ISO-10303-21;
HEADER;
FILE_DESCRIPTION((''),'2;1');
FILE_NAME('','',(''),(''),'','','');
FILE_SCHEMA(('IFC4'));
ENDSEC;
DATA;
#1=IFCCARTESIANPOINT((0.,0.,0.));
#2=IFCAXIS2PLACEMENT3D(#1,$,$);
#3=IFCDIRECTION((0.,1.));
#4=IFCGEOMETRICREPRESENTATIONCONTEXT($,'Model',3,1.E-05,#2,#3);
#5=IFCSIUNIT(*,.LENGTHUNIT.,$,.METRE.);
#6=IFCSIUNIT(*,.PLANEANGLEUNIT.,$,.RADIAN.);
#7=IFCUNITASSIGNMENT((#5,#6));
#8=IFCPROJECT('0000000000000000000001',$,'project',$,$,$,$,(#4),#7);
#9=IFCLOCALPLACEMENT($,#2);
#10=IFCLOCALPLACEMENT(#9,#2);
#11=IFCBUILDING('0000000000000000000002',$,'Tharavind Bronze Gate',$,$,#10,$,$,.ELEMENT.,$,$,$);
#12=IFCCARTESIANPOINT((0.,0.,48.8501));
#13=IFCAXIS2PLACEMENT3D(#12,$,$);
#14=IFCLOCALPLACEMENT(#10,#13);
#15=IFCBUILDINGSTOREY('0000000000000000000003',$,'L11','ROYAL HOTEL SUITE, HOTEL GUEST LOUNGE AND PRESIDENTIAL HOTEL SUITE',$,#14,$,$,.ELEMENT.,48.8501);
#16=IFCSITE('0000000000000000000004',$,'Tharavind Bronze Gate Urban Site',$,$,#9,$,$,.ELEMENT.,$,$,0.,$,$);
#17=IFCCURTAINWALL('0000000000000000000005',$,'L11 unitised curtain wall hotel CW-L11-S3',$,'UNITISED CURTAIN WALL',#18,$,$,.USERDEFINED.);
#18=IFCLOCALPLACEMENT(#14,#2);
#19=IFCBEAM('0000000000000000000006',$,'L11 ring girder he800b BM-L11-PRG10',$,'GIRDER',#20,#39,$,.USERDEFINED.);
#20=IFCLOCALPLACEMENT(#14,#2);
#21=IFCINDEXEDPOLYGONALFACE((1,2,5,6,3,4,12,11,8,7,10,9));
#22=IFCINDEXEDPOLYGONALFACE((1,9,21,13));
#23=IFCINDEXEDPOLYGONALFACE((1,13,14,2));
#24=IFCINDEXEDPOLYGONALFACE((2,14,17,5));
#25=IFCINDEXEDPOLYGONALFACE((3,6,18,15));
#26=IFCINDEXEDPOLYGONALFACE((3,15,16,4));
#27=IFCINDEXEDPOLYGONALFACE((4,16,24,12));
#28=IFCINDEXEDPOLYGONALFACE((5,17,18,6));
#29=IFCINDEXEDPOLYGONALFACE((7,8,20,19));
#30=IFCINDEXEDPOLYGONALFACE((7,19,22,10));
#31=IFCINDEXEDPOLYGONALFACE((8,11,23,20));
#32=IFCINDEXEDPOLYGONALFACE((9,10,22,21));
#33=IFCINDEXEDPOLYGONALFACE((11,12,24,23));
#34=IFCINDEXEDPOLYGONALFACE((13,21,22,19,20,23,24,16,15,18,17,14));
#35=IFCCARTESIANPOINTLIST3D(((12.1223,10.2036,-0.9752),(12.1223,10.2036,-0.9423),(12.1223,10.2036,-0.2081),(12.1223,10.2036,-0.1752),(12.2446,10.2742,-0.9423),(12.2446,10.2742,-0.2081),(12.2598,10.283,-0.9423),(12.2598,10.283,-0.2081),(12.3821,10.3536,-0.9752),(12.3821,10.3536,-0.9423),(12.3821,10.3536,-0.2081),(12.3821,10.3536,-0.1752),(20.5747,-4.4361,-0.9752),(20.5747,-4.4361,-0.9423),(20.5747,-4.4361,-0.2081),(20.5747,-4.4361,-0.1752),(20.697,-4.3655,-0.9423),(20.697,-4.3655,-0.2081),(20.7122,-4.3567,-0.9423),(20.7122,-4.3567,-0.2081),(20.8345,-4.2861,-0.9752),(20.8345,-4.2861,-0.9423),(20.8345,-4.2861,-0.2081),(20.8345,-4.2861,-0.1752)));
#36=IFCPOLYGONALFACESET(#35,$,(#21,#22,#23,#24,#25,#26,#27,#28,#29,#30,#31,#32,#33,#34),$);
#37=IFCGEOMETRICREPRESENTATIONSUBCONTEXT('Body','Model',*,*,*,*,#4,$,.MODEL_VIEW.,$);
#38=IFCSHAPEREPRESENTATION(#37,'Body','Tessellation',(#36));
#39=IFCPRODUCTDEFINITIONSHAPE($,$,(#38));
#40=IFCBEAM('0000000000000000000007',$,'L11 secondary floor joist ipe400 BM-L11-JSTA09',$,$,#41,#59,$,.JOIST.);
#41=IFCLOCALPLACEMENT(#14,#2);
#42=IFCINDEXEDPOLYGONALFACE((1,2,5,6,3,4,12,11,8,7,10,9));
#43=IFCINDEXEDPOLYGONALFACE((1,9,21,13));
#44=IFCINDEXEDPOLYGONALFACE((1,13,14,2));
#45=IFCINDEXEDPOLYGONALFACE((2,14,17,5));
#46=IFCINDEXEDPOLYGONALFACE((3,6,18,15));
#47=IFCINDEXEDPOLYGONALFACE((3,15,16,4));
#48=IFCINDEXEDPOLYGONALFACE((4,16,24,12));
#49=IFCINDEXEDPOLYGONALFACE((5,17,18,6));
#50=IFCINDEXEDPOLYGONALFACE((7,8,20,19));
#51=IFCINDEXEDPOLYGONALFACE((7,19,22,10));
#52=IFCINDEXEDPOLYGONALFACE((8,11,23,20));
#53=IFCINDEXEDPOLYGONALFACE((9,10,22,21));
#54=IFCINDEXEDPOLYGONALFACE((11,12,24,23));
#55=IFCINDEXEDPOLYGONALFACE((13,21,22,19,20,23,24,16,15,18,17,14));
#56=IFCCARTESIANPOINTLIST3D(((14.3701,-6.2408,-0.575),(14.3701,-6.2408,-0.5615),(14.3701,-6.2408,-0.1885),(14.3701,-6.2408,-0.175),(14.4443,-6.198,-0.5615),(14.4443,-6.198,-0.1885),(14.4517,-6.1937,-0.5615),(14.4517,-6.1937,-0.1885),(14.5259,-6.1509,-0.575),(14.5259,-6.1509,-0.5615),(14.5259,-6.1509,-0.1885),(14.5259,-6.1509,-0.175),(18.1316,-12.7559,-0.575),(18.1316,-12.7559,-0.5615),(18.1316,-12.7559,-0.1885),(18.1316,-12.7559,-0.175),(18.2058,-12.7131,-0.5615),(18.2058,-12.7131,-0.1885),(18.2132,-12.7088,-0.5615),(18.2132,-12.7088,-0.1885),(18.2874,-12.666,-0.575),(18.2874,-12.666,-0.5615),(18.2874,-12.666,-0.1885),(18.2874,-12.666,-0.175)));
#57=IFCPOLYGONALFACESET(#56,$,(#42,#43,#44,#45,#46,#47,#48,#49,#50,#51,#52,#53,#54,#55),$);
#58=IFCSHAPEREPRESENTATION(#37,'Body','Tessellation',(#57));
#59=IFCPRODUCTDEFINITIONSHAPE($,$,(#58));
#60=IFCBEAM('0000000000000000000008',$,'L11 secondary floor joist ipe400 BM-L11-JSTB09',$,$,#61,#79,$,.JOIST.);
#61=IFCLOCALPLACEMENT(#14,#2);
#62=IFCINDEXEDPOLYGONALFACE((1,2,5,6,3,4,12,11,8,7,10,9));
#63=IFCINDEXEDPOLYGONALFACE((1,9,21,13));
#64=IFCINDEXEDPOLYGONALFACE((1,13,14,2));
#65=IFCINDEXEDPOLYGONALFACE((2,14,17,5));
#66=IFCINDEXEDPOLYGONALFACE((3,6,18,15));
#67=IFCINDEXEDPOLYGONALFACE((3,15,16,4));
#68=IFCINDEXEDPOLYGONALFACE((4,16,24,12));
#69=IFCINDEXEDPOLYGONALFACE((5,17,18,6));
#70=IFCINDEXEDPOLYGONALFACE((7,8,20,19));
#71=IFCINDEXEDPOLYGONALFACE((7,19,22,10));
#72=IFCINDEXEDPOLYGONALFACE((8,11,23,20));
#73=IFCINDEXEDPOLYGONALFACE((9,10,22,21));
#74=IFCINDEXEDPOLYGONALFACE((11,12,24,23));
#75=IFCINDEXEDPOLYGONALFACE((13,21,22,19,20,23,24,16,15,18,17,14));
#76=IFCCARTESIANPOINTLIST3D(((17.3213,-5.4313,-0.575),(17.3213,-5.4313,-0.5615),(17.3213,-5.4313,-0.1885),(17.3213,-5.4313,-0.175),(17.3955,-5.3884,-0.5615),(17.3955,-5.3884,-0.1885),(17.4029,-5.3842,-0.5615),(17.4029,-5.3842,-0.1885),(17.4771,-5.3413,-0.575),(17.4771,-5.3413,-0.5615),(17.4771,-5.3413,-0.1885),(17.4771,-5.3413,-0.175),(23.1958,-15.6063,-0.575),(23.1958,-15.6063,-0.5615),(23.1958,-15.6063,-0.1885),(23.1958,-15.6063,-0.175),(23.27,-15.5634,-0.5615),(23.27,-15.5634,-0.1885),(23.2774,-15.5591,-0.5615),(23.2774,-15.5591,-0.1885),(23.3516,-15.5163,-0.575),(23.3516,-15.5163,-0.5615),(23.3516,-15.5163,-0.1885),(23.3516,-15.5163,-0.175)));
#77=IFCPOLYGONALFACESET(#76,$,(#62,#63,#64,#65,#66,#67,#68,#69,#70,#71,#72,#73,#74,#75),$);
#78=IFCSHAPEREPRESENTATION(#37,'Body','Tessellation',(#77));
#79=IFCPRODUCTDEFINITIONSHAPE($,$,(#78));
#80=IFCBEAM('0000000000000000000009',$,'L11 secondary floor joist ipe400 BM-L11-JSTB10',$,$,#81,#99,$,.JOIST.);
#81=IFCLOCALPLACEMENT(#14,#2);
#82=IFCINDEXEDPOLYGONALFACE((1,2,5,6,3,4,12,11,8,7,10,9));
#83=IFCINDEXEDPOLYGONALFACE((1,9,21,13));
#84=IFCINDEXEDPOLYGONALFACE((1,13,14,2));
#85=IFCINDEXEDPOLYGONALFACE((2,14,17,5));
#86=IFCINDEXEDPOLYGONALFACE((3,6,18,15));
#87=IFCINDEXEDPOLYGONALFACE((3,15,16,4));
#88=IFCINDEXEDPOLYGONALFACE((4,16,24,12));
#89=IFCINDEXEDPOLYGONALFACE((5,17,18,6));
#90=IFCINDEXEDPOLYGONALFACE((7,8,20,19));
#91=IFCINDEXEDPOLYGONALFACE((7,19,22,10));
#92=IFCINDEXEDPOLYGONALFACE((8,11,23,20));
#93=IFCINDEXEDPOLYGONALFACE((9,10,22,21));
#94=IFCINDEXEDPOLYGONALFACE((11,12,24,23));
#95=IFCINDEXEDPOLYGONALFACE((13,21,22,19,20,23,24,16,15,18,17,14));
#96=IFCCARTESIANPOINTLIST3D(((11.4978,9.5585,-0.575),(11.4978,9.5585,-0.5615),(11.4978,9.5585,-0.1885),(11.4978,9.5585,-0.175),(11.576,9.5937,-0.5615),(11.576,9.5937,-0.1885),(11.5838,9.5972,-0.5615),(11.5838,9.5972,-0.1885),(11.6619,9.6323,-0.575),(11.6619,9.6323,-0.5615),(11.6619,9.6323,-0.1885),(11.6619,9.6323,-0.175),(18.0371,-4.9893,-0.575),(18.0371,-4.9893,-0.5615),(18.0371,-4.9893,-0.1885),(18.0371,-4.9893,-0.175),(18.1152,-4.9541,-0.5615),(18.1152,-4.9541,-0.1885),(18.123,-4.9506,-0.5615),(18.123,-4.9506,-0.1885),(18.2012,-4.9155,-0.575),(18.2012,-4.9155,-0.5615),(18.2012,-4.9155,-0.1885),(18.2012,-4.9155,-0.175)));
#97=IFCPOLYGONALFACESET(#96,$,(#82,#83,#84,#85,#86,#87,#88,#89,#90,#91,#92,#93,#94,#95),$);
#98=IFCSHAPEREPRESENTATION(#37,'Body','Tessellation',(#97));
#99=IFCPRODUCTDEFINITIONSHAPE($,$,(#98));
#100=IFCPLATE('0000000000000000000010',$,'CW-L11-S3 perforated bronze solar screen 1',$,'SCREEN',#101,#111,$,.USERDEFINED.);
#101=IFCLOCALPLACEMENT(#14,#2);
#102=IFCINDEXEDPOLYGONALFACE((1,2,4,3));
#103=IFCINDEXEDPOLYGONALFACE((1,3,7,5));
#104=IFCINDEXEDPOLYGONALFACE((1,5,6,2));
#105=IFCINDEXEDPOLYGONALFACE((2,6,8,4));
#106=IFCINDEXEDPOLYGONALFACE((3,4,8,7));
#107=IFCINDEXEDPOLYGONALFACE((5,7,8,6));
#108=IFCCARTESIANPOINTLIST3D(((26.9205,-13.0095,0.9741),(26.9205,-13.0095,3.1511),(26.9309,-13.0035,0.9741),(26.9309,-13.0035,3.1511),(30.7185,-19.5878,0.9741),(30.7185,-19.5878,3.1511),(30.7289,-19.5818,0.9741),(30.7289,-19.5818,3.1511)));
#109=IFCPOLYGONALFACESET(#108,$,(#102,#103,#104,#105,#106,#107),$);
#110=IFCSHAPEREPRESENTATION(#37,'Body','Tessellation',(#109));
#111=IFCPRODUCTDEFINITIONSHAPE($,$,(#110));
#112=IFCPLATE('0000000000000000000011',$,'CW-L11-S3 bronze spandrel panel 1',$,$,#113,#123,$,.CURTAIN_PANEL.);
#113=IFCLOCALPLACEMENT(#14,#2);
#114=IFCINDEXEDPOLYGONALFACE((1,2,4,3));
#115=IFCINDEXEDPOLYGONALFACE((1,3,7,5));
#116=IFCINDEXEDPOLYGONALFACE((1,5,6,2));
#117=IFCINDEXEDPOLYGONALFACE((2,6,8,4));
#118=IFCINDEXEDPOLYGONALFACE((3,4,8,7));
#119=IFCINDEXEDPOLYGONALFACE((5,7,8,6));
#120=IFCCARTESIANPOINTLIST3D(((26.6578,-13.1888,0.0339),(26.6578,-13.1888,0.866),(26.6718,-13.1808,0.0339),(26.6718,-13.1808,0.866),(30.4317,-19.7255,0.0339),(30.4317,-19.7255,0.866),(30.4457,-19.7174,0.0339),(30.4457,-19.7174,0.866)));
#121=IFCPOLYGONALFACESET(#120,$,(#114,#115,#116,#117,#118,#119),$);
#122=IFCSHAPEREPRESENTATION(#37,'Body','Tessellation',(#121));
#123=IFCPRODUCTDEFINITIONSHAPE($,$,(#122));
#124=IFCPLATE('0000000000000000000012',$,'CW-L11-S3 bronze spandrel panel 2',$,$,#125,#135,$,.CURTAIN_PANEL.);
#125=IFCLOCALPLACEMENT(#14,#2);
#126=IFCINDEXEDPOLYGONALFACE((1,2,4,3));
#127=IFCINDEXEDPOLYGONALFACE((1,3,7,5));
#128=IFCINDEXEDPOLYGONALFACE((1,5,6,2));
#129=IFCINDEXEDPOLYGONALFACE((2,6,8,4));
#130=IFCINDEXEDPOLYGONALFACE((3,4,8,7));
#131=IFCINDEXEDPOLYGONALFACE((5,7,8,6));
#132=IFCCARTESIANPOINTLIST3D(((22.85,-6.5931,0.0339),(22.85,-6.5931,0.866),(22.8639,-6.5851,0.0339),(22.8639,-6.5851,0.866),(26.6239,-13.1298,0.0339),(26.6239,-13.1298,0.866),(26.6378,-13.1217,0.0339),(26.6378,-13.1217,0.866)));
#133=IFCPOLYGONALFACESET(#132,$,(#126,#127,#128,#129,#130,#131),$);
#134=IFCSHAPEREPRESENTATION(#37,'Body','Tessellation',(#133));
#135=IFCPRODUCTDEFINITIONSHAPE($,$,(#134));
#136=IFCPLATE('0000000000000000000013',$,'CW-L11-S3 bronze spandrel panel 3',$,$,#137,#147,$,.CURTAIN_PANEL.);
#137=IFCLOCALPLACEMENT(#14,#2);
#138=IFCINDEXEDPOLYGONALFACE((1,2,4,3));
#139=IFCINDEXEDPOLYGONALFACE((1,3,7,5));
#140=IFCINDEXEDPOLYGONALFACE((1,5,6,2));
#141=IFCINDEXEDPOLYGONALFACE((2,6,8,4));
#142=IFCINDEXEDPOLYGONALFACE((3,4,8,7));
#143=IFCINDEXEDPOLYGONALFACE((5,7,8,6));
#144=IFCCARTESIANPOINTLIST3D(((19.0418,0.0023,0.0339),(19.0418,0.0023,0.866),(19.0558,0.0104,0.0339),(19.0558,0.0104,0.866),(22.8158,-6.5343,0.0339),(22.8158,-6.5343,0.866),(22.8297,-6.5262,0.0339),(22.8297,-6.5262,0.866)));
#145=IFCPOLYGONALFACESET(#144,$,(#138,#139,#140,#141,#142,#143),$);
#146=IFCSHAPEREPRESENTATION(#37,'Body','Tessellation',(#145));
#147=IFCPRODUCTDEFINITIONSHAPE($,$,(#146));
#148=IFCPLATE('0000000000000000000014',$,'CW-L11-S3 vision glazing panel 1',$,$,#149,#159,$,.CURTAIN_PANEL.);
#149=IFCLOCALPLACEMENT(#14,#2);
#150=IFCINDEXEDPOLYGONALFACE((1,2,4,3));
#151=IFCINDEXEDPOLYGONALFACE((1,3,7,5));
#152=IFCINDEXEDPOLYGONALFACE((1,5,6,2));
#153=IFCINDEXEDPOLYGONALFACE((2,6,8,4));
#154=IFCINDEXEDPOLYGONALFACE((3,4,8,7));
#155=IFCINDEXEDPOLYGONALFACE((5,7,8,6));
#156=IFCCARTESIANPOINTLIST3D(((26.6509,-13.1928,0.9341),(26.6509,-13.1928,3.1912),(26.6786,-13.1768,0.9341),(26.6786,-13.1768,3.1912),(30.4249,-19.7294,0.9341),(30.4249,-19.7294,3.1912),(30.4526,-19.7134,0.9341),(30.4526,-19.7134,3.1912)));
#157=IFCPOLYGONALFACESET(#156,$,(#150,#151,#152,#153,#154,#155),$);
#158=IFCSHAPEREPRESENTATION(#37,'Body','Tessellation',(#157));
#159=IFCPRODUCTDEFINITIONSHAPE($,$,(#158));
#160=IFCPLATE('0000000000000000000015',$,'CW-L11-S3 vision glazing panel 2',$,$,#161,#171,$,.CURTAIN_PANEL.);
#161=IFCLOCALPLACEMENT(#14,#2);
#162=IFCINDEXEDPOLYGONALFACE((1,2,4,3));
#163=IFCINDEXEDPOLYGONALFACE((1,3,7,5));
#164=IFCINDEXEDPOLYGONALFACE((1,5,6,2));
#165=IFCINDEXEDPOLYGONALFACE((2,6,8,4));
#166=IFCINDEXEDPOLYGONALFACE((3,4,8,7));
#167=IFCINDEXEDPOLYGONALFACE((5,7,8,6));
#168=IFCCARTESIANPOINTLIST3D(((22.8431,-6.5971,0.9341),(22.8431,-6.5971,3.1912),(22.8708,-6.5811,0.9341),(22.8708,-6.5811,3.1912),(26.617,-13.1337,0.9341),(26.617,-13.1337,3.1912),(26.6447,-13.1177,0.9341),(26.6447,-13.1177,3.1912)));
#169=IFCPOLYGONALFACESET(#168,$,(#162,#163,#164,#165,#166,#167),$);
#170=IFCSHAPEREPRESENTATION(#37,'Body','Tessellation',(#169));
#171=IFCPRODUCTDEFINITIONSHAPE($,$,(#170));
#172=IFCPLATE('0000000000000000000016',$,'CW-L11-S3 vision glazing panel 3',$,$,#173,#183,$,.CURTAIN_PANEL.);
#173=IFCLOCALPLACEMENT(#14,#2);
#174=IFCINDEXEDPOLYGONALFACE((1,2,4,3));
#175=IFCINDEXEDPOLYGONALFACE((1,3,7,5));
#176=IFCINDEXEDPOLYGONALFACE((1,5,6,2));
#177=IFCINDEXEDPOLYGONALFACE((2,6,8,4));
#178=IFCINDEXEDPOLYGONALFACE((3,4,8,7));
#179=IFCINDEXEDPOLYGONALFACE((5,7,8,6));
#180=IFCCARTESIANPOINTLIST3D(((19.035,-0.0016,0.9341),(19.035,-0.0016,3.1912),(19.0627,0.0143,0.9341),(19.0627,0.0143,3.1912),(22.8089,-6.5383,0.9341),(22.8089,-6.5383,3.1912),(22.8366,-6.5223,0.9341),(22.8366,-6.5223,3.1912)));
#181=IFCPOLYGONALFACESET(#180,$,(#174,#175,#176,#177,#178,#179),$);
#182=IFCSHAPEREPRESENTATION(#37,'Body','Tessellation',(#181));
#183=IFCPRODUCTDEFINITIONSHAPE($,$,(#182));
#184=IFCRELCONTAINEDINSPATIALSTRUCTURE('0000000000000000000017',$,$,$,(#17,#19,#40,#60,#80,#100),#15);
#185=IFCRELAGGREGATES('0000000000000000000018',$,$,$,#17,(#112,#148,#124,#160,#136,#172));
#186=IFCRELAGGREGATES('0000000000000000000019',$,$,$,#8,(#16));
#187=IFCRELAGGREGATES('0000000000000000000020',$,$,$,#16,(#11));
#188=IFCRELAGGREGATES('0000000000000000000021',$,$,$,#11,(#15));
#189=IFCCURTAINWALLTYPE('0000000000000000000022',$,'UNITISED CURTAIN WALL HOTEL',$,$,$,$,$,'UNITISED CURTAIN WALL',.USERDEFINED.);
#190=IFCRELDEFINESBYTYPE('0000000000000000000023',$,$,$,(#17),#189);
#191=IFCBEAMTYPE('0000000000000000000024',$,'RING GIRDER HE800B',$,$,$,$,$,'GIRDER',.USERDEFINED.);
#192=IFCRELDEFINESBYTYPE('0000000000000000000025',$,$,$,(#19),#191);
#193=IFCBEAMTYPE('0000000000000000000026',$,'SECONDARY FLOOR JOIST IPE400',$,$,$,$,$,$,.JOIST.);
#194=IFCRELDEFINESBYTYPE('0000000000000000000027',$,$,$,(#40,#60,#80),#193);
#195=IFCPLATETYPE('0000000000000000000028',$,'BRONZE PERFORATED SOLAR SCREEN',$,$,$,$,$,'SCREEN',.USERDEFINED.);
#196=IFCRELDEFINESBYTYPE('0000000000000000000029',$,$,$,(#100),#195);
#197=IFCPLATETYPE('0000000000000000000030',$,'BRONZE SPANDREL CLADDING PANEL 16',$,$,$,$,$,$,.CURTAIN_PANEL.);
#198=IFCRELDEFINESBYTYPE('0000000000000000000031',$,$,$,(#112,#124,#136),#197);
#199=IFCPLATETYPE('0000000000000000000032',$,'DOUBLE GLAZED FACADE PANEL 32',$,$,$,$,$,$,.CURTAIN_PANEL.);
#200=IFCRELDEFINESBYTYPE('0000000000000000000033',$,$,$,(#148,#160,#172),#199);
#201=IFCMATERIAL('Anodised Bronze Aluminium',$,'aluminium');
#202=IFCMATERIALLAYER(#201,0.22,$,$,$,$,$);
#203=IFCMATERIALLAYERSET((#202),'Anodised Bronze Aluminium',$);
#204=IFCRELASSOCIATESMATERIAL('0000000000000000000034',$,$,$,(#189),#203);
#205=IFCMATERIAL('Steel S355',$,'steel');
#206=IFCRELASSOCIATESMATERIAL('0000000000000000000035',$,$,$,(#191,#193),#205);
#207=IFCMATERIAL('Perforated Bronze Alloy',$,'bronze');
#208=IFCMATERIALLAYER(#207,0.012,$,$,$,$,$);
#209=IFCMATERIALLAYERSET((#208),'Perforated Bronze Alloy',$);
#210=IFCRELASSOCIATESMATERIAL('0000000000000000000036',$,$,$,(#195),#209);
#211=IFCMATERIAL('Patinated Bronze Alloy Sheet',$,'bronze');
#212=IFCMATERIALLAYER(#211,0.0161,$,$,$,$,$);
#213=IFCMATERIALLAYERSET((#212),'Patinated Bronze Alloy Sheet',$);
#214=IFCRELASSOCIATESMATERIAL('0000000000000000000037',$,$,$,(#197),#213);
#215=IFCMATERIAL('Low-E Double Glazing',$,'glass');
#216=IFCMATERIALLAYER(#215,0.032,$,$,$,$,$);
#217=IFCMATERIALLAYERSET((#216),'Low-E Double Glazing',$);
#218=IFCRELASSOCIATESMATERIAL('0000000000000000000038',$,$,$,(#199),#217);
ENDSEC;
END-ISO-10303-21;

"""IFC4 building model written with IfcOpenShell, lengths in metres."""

from ifc_helpers import new_model, si_unit, direction, frame, origin, origin_2d, place, context, subcontext, project, spatial, rectangle, i_section, extrude, material, layer, layer_set, material_profile, profile_set, type_object, element, aggregate, save


model = new_model("IFC4")

# Units and contexts
model_context = context("Model", 3, precision=1e-05, world=origin(), true_north=direction((0.0, 1.0)))
body_context = subcontext(model_context, "Body", "Model", "MODEL_VIEW")
ifc_project = project(units=[si_unit("LENGTHUNIT", "METRE"), si_unit("PLANEANGLEUNIT", "RADIAN")], contexts=[model_context])

# Site, building, storey
site_placement = place(None, origin())
site = spatial("IfcSite", under=ifc_project, at=site_placement, Name="Tharavind Bronze Gate Urban Site", CompositionType="ELEMENT", RefElevation=0.0)
building_placement = place(site_placement, origin())
building = spatial("IfcBuilding", under=site, at=building_placement, Name="Tharavind Bronze Gate", CompositionType="ELEMENT")
storey_placement = place(building_placement, frame((0.0, 0.0, 48.8501)))
storey = spatial("IfcBuildingStorey", under=building, at=storey_placement, Name="L11", Description="ROYAL HOTEL SUITE, HOTEL GUEST LOUNGE AND PRESIDENTIAL HOTEL SUITE", CompositionType="ELEMENT", Elevation=48.8501)

# Curtain wall
ifc_material_1 = material(Name="Anodised Bronze Aluminium", Category="aluminium")
ifc_layer_1 = layer(ifc_material_1, 0.22)
ifc_layer_set_1 = layer_set([ifc_layer_1], Name="Anodised Bronze Aluminium")
curtain_wall_type = type_object("IfcCurtainWallType", Name="UNITISED CURTAIN WALL HOTEL", ElementType="UNITISED CURTAIN WALL", PredefinedType="USERDEFINED", material=ifc_layer_set_1)
curtain_wall_placement = place(storey_placement, origin())
curtain_wall = element("IfcCurtainWall", 1, at=curtain_wall_placement, inside=storey, type_object=curtain_wall_type, Name="L11 unitised curtain wall hotel CW-L11-S3", ObjectType="UNITISED CURTAIN WALL", PredefinedType="USERDEFINED")

# Beams
ifc_material_2 = material(Name="Steel S355", Category="steel")
ifc_material_profile_1 = material_profile(ifc_material_2, i_section(OverallWidth=0.3, OverallDepth=0.8, WebThickness=0.0176, FlangeThickness=0.033, at=origin_2d()), Name="HE800B")
ifc_profile_set_1 = profile_set([ifc_material_profile_1], Name="Steel S355")
beam_type_1 = type_object("IfcBeamType", Name="RING GIRDER HE800B", ElementType="GIRDER", PredefinedType="USERDEFINED", material=ifc_profile_set_1)
beam_1_placement = place(storey_placement, frame((20.7046, -4.3611, -0.5752), z_axis=(-0.500008, 0.866021, 0.0), x_axis=(-0.866021, -0.500008, 0.0)))
element("IfcBeam", 2, at=beam_1_placement, inside=storey, type_object=beam_type_1, Name="L11 ring girder he800b BM-L11-PRG10", ObjectType="GIRDER", PredefinedType="USERDEFINED", context=body_context, shape_type="SweptSolid", body=[
    extrude(i_section(OverallWidth=0.3, OverallDepth=0.8, WebThickness=0.0176, FlangeThickness=0.033, at=origin_2d()), origin(), (0.0, 0.0, 1.0), 16.9045),
])
ifc_material_profile_2 = material_profile(ifc_material_2, i_section(OverallWidth=0.1799, OverallDepth=0.3999, WebThickness=0.0085, FlangeThickness=0.0134, at=origin_2d()), Name="IPE400")
ifc_profile_set_2 = profile_set([ifc_material_profile_2], Name="Steel S355")
beam_type_2 = type_object("IfcBeamType", Name="SECONDARY FLOOR JOIST IPE400", PredefinedType="JOIST", material=ifc_profile_set_2)
beam_2_placement = place(storey_placement, frame((18.2095, -12.7109, -0.375), z_axis=(-0.499996, 0.866028, 0.0), x_axis=(-0.866028, -0.499996, 0.0)))
element("IfcBeam", 3, at=beam_2_placement, inside=storey, type_object=beam_type_2, Name="L11 secondary floor joist ipe400 BM-L11-JSTA09", PredefinedType="JOIST", context=body_context, shape_type="SweptSolid", body=[
    extrude(i_section(OverallWidth=0.1799, OverallDepth=0.3999, WebThickness=0.0085, FlangeThickness=0.0134, at=origin_2d()), origin(), (0.0, 0.0, 1.0), 7.5229),
])
beam_3_placement = place(storey_placement, frame((23.2737, -15.5613, -0.375), z_axis=(-0.499996, 0.866027, 0.0), x_axis=(-0.866027, -0.499996, 0.0)))
element("IfcBeam", 4, at=beam_3_placement, inside=storey, type_object=beam_type_2, Name="L11 secondary floor joist ipe400 BM-L11-JSTB09", PredefinedType="JOIST", context=body_context, shape_type="SweptSolid", body=[
    extrude(i_section(OverallWidth=0.1799, OverallDepth=0.3999, WebThickness=0.0085, FlangeThickness=0.0134, at=origin_2d()), origin(), (0.0, 0.0, 1.0), 11.749),
])
beam_4_placement = place(storey_placement, frame((18.1191, -4.9524, -0.375), z_axis=(-0.409988, 0.912091, 0.0), x_axis=(-0.912091, -0.409988, 0.0)))
element("IfcBeam", 5, at=beam_4_placement, inside=storey, type_object=beam_type_2, Name="L11 secondary floor joist ipe400 BM-L11-JSTB10", PredefinedType="JOIST", context=body_context, shape_type="SweptSolid", body=[
    extrude(i_section(OverallWidth=0.1799, OverallDepth=0.3999, WebThickness=0.0085, FlangeThickness=0.0134, at=origin_2d()), origin(), (0.0, 0.0, 1.0), 15.95),
])

# Plates
ifc_material_3 = material(Name="Perforated Bronze Alloy", Category="bronze")
ifc_layer_2 = layer(ifc_material_3, 0.012)
ifc_layer_set_2 = layer_set([ifc_layer_2], Name="Perforated Bronze Alloy")
plate_type_1 = type_object("IfcPlateType", Name="BRONZE PERFORATED SOLAR SCREEN", ElementType="SCREEN", PredefinedType="USERDEFINED", material=ifc_layer_set_2)
plate_1_placement = place(storey_placement, frame((28.8247, -16.2957, 0.9741), z_axis=(0.0, 0.0, 1.0), x_axis=(-0.500002, 0.866025, 0.0)))
element("IfcPlate", 6, at=plate_1_placement, inside=storey, type_object=plate_type_1, Name="CW-L11-S3 perforated bronze solar screen 1", ObjectType="SCREEN", PredefinedType="USERDEFINED", context=body_context, shape_type="SweptSolid", body=[
    extrude(rectangle(XDim=7.5959, YDim=0.012, at=origin_2d()), origin(), (0.0, 0.0, 1.0), 2.177),
])
ifc_material_4 = material(Name="Patinated Bronze Alloy Sheet", Category="bronze")
ifc_layer_3 = layer(ifc_material_4, 0.0161)
ifc_layer_set_3 = layer_set([ifc_layer_3], Name="Patinated Bronze Alloy Sheet")
plate_type_2 = type_object("IfcPlateType", Name="BRONZE SPANDREL CLADDING PANEL 16", PredefinedType="CURTAIN_PANEL", material=ifc_layer_set_3)
plate_2_placement = place(storey_placement, frame((28.5518, -16.4531, 0.0339), z_axis=(0.0, 0.0, 1.0), x_axis=(-0.500002, 0.866025, 0.0)))
plate_2 = element("IfcPlate", 7, at=plate_2_placement, type_object=plate_type_2, Name="CW-L11-S3 bronze spandrel panel 1", PredefinedType="CURTAIN_PANEL", context=body_context, shape_type="SweptSolid", body=[
    extrude(rectangle(XDim=7.5479, YDim=0.0161, at=origin_2d()), origin(), (0.0, 0.0, 1.0), 0.832),
])
plate_3_placement = place(storey_placement, frame((24.7439, -9.8574, 0.0339), z_axis=(0.0, 0.0, 1.0), x_axis=(-0.500002, 0.866025, 0.0)))
plate_3 = element("IfcPlate", 8, at=plate_3_placement, type_object=plate_type_2, Name="CW-L11-S3 bronze spandrel panel 2", PredefinedType="CURTAIN_PANEL", context=body_context, shape_type="SweptSolid", body=[
    extrude(rectangle(XDim=7.5479, YDim=0.0161, at=origin_2d()), origin(), (0.0, 0.0, 1.0), 0.832),
])
plate_4_placement = place(storey_placement, frame((20.9358, -3.262, 0.0339), z_axis=(0.0, 0.0, 1.0), x_axis=(-0.500002, 0.866025, 0.0)))
plate_4 = element("IfcPlate", 9, at=plate_4_placement, type_object=plate_type_2, Name="CW-L11-S3 bronze spandrel panel 3", PredefinedType="CURTAIN_PANEL", context=body_context, shape_type="SweptSolid", body=[
    extrude(rectangle(XDim=7.5479, YDim=0.0161, at=origin_2d()), origin(), (0.0, 0.0, 1.0), 0.832),
])
ifc_material_5 = material(Name="Low-E Double Glazing", Category="glass")
ifc_layer_4 = layer(ifc_material_5, 0.032)
ifc_layer_set_4 = layer_set([ifc_layer_4], Name="Low-E Double Glazing")
plate_type_3 = type_object("IfcPlateType", Name="DOUBLE GLAZED FACADE PANEL 32", PredefinedType="CURTAIN_PANEL", material=ifc_layer_set_4)
plate_5_placement = place(storey_placement, frame((28.5518, -16.4531, 0.9341), z_axis=(0.0, 0.0, 1.0), x_axis=(-0.500002, 0.866025, 0.0)))
plate_5 = element("IfcPlate", 10, at=plate_5_placement, type_object=plate_type_3, Name="CW-L11-S3 vision glazing panel 1", PredefinedType="CURTAIN_PANEL", context=body_context, shape_type="SweptSolid", body=[
    extrude(rectangle(XDim=7.5479, YDim=0.032, at=origin_2d()), origin(), (0.0, 0.0, 1.0), 2.2571),
])
plate_6_placement = place(storey_placement, frame((24.7439, -9.8574, 0.9341), z_axis=(0.0, 0.0, 1.0), x_axis=(-0.500002, 0.866025, 0.0)))
plate_6 = element("IfcPlate", 11, at=plate_6_placement, type_object=plate_type_3, Name="CW-L11-S3 vision glazing panel 2", PredefinedType="CURTAIN_PANEL", context=body_context, shape_type="SweptSolid", body=[
    extrude(rectangle(XDim=7.5479, YDim=0.032, at=origin_2d()), origin(), (0.0, 0.0, 1.0), 2.2571),
])
plate_7_placement = place(storey_placement, frame((20.9358, -3.262, 0.9341), z_axis=(0.0, 0.0, 1.0), x_axis=(-0.500002, 0.866025, 0.0)))
plate_7 = element("IfcPlate", 12, at=plate_7_placement, type_object=plate_type_3, Name="CW-L11-S3 vision glazing panel 3", PredefinedType="CURTAIN_PANEL", context=body_context, shape_type="SweptSolid", body=[
    extrude(rectangle(XDim=7.5479, YDim=0.032, at=origin_2d()), origin(), (0.0, 0.0, 1.0), 2.2571),
])
aggregate(curtain_wall, [plate_2, plate_5, plate_3, plate_6, plate_4, plate_7])

save(model, "model.ifc")
